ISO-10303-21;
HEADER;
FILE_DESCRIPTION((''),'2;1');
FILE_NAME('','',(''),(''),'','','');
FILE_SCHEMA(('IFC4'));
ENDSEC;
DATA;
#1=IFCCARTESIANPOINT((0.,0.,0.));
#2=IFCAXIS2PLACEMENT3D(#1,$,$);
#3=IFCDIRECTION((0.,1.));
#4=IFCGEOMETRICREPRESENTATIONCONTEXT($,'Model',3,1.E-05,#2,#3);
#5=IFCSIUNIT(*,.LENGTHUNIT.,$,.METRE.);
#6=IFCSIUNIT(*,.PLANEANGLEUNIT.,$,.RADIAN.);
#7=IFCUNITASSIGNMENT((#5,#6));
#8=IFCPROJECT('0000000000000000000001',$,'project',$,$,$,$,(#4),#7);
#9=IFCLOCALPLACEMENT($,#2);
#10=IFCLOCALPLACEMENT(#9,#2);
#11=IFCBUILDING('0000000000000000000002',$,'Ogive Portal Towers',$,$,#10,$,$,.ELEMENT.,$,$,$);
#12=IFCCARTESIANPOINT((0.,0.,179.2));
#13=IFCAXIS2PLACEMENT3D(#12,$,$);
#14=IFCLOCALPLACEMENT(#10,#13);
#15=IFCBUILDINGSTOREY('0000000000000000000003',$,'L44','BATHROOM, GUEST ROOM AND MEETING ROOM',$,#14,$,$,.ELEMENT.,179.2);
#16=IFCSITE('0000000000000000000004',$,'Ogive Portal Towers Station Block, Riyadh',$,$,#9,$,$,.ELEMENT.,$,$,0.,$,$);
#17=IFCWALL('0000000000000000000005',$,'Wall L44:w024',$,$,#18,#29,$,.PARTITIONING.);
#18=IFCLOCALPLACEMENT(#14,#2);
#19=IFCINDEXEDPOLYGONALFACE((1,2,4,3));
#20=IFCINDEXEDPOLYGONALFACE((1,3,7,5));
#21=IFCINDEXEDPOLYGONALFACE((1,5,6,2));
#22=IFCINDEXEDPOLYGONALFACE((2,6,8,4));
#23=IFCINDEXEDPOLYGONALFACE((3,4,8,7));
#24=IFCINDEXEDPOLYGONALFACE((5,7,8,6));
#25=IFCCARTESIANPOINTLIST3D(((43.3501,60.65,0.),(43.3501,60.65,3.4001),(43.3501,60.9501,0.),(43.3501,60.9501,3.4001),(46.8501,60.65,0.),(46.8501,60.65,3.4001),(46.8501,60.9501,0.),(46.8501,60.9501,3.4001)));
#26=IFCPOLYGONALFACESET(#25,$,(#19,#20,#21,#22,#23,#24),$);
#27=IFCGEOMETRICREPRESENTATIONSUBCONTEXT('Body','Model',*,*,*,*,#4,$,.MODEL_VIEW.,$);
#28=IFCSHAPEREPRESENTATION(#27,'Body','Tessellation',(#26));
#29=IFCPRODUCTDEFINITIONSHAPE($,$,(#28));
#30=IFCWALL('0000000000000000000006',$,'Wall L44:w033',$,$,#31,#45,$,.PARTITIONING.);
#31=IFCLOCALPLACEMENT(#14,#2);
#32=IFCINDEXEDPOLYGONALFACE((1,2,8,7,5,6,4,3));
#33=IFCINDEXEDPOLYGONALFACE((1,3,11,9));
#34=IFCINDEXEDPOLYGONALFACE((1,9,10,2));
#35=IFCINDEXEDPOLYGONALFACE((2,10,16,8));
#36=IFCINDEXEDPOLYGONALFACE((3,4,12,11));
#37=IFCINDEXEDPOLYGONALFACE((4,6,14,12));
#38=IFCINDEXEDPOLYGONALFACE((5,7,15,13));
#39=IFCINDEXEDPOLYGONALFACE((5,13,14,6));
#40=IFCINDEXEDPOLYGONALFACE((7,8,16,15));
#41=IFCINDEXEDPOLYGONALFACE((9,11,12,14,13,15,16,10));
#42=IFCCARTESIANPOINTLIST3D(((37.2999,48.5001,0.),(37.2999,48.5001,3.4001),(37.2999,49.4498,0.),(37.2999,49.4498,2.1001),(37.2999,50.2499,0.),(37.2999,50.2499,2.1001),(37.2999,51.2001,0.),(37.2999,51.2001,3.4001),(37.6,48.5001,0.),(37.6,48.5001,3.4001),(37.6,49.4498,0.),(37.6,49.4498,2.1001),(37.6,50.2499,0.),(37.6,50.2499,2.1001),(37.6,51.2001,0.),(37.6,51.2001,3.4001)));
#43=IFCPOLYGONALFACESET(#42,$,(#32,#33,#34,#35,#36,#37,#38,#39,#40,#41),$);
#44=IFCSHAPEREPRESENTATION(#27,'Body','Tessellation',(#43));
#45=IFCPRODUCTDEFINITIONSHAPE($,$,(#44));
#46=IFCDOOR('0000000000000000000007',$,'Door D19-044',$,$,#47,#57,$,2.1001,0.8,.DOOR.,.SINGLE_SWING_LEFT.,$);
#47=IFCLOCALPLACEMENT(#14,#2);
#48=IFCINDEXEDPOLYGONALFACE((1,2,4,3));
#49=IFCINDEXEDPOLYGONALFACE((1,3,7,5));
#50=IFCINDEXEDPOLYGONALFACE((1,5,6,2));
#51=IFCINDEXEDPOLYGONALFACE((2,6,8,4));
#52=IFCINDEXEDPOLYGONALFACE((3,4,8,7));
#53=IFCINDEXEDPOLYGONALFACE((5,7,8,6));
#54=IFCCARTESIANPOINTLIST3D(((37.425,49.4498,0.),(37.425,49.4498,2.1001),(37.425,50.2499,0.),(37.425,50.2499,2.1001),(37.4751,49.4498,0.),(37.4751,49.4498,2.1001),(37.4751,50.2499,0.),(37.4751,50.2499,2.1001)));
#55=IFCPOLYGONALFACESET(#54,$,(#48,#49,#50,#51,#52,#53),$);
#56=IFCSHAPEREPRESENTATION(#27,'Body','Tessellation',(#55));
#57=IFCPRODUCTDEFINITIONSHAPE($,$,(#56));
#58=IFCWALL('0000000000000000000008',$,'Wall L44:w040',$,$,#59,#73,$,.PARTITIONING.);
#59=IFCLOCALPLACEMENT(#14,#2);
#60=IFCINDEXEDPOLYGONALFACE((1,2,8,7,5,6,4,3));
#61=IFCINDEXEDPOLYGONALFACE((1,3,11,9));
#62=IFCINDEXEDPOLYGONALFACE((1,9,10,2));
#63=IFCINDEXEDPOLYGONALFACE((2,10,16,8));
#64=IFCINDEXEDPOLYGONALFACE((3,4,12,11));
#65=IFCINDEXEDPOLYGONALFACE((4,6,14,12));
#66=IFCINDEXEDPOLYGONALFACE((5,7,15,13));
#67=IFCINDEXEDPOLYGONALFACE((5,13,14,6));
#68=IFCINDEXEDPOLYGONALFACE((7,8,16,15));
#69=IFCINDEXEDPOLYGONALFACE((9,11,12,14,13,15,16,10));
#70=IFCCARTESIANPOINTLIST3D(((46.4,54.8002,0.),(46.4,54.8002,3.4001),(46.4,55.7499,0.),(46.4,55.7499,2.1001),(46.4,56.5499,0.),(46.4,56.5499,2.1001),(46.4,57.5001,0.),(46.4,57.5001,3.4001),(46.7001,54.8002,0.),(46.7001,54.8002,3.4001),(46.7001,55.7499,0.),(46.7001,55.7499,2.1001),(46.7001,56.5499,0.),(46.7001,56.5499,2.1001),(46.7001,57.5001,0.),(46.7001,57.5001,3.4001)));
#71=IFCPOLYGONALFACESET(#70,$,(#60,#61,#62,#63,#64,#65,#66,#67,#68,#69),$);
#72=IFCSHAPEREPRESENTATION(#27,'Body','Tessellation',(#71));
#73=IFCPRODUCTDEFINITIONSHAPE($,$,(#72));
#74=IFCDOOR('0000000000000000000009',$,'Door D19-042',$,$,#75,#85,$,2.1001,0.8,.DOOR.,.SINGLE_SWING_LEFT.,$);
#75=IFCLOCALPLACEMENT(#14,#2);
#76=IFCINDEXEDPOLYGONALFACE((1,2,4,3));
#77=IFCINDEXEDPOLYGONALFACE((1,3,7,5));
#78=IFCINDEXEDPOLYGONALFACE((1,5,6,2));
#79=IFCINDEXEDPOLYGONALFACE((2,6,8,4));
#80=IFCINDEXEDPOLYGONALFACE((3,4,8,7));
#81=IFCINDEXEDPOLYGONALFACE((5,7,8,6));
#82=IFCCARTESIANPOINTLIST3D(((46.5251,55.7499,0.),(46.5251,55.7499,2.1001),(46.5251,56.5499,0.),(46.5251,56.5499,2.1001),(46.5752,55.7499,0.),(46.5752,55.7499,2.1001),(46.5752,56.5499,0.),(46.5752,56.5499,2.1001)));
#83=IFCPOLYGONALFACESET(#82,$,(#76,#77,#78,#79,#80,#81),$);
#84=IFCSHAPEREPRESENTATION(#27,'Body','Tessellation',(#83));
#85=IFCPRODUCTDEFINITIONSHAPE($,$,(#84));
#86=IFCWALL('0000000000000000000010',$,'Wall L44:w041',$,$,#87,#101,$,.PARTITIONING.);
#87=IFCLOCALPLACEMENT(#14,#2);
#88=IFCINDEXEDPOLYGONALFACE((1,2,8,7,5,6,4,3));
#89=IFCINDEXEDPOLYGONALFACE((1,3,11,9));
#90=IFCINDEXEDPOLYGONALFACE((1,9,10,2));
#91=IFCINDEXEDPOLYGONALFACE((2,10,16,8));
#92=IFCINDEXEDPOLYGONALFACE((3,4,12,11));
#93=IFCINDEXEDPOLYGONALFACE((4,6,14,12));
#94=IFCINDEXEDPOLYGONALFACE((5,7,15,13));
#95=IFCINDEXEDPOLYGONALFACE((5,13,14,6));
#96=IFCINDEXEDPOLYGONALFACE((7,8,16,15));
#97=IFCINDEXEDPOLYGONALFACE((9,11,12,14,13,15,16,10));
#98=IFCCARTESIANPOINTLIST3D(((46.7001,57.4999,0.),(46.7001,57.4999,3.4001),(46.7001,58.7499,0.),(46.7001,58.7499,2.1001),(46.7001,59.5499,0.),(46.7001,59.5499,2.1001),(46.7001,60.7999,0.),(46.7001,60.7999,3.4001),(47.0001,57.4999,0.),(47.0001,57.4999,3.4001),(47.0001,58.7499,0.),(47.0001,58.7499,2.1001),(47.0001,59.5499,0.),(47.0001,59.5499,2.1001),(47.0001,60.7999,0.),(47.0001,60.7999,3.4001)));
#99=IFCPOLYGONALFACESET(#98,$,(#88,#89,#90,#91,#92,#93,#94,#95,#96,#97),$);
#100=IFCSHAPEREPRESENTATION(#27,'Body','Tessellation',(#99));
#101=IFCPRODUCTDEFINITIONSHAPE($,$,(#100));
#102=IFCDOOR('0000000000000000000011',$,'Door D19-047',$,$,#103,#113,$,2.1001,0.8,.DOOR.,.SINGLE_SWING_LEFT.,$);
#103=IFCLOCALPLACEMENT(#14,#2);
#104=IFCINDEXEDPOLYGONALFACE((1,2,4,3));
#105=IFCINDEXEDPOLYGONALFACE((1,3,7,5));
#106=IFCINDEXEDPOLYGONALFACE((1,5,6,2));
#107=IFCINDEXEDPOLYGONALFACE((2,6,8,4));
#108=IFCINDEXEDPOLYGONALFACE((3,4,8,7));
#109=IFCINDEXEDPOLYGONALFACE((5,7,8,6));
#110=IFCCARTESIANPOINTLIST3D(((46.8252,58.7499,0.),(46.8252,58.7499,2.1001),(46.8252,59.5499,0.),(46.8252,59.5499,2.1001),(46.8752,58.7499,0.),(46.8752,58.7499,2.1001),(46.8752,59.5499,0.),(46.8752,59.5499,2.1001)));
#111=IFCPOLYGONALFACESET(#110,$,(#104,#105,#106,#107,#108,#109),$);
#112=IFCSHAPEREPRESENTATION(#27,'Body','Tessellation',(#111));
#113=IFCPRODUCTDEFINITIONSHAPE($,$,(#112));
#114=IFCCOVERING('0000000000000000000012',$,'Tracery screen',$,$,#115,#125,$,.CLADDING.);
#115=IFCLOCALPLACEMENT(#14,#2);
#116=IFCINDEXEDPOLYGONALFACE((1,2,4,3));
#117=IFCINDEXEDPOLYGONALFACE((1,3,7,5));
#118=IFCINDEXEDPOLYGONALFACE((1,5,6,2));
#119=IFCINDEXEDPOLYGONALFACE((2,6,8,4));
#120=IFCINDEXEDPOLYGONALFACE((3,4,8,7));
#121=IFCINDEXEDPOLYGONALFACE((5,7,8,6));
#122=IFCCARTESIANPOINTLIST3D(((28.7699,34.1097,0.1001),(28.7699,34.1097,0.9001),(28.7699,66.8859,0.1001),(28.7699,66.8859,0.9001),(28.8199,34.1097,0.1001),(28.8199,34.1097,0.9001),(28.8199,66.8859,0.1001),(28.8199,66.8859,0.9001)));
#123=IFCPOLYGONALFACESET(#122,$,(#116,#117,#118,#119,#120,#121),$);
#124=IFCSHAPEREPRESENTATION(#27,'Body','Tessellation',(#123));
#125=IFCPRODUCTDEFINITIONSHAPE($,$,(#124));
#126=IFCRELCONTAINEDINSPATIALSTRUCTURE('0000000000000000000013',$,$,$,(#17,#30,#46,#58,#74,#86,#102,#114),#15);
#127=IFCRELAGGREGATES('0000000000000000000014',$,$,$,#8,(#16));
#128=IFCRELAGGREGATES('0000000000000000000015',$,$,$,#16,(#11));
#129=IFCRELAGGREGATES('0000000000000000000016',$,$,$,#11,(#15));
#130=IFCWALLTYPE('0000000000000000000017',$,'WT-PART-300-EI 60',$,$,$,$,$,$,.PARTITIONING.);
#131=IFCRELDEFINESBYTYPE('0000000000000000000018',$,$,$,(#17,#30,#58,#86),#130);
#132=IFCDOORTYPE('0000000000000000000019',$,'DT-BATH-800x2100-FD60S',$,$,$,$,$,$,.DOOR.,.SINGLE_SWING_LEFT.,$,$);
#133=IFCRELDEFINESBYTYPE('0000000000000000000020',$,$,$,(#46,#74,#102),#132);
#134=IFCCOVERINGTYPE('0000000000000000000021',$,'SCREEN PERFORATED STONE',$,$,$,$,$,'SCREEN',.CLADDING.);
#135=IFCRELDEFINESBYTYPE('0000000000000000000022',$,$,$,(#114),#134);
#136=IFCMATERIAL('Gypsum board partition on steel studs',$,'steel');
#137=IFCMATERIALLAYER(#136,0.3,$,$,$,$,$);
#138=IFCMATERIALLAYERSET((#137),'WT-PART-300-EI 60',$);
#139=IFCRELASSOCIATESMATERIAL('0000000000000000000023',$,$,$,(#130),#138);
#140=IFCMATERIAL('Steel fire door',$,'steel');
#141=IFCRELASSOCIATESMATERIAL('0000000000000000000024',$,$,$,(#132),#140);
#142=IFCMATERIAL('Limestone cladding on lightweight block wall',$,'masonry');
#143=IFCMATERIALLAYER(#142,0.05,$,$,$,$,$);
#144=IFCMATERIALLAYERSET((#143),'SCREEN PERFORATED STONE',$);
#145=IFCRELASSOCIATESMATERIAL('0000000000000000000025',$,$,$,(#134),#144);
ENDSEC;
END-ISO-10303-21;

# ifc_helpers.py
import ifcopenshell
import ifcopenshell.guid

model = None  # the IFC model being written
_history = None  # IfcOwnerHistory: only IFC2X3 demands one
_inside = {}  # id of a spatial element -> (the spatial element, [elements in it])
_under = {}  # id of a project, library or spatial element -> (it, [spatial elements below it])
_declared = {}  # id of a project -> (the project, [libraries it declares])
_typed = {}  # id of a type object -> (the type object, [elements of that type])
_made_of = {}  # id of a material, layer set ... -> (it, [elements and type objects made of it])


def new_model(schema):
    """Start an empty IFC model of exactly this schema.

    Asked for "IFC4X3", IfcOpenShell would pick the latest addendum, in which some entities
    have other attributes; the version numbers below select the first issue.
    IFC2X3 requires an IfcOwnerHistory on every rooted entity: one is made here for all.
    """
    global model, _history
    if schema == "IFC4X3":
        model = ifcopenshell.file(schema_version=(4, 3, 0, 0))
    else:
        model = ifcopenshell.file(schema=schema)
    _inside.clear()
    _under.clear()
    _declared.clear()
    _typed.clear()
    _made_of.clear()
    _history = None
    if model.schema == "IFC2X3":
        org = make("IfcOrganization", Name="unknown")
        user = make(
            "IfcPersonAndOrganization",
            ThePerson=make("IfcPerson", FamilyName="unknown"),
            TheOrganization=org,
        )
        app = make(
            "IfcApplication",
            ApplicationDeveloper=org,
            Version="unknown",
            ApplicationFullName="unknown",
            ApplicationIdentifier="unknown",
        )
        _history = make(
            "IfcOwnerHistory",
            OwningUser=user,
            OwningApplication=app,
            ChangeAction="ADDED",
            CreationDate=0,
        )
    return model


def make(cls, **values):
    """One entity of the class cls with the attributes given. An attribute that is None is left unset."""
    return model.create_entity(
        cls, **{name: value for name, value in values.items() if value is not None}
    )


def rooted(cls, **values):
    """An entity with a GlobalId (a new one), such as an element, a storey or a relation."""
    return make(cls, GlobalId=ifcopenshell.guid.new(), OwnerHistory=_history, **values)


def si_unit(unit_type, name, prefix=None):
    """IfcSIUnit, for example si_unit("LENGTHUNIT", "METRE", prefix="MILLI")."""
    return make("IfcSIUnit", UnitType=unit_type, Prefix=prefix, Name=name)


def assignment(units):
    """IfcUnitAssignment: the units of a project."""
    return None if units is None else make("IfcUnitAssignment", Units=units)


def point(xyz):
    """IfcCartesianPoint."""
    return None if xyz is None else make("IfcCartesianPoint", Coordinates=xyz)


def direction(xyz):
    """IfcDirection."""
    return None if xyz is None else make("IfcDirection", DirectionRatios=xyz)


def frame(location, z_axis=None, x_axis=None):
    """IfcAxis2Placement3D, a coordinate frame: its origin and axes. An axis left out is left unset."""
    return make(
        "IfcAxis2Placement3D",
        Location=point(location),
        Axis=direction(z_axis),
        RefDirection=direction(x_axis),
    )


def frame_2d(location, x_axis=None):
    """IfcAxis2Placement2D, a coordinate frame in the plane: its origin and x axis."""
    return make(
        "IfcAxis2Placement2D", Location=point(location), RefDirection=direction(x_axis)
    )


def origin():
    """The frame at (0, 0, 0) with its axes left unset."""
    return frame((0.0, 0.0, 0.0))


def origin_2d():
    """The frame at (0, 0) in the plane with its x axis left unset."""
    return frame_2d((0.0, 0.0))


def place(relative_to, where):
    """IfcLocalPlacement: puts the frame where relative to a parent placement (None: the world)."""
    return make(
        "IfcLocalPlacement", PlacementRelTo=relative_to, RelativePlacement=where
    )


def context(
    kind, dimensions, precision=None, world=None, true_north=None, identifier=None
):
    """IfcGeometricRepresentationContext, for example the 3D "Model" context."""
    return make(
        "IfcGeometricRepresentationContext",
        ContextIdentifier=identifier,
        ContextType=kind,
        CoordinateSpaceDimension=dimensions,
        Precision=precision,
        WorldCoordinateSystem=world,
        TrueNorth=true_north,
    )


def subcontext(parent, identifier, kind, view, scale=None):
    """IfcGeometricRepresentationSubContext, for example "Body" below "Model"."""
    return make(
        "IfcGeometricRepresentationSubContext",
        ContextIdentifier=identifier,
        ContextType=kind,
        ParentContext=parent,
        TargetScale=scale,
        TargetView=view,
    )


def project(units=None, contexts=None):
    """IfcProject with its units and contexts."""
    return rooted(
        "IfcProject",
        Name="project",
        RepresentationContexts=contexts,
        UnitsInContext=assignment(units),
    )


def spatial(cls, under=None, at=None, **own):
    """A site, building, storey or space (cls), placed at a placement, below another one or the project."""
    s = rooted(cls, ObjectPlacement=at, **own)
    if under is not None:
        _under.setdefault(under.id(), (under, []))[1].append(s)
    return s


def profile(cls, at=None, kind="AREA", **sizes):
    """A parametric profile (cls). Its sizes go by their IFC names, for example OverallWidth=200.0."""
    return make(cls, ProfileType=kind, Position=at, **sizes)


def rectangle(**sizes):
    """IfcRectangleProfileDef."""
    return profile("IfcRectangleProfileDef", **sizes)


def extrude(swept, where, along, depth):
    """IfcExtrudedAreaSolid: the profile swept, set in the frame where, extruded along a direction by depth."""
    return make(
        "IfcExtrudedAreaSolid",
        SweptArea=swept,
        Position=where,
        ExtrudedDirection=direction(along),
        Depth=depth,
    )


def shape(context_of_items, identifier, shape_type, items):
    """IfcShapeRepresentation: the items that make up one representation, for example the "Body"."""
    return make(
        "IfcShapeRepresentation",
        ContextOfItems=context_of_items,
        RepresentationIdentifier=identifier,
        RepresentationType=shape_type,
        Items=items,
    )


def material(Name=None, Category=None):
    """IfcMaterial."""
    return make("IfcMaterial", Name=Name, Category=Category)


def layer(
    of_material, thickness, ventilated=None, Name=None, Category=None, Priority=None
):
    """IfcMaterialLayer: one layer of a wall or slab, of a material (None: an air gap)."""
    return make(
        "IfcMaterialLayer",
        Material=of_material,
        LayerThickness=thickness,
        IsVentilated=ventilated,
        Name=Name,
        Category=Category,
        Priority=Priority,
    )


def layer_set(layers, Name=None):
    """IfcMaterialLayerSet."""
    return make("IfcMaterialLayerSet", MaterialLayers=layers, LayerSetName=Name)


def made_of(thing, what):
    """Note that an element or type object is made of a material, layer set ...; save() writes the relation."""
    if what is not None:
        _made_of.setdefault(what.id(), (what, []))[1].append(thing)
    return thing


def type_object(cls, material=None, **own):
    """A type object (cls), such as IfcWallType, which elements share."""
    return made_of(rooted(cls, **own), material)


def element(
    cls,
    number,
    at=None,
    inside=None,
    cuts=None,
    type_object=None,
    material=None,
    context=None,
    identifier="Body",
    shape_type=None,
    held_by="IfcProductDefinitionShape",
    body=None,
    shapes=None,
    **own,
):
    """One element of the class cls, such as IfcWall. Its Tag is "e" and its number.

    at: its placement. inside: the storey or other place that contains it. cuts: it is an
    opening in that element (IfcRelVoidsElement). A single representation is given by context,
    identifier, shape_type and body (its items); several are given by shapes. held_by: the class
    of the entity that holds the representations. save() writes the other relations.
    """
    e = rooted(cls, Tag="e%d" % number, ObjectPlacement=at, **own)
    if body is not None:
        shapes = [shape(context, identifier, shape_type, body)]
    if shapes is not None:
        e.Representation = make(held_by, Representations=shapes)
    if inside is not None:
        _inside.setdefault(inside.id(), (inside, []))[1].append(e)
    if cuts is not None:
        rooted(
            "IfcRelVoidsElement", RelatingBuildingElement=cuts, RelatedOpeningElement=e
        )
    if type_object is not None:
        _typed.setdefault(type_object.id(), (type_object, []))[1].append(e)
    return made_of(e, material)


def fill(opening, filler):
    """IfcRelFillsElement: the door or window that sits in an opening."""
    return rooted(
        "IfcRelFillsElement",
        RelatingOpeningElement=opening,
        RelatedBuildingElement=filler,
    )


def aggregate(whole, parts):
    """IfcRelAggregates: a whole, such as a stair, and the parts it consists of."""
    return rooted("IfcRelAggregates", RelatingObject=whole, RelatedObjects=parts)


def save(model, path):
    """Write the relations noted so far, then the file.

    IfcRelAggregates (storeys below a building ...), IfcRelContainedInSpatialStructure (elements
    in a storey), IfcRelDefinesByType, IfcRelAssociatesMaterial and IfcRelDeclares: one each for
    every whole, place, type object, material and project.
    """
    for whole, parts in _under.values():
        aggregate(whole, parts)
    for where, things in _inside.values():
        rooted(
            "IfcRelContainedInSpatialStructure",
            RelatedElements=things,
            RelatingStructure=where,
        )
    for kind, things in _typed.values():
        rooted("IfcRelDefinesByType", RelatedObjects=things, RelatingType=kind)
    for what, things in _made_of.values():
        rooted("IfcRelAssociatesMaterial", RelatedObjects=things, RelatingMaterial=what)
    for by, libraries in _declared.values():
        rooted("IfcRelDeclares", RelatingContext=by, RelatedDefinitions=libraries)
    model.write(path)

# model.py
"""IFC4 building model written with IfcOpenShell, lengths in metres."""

from ifc_helpers import new_model, si_unit, direction, frame, frame_2d, origin, origin_2d, place, context, subcontext, project, spatial, rectangle, extrude, material, layer, layer_set, type_object, element, fill, save


model = new_model("IFC4")

# Units and contexts
model_context = context("Model", 3, precision=1e-05, world=origin(), true_north=direction((0.0, 1.0)))
body_context = subcontext(model_context, "Body", "Model", "MODEL_VIEW")
ifc_project = project(units=[si_unit("LENGTHUNIT", "METRE"), si_unit("PLANEANGLEUNIT", "RADIAN")], contexts=[model_context])

# Site, building, storey
site_placement = place(None, origin())
site = spatial("IfcSite", under=ifc_project, at=site_placement, Name="Ogive Portal Towers Station Block, Riyadh", CompositionType="ELEMENT", RefElevation=0.0)
building_placement = place(site_placement, origin())
building = spatial("IfcBuilding", under=site, at=building_placement, Name="Ogive Portal Towers", CompositionType="ELEMENT")
storey_placement = place(building_placement, frame((0.0, 0.0, 179.2)))
storey = spatial("IfcBuildingStorey", under=building, at=storey_placement, Name="L44", Description="BATHROOM, GUEST ROOM AND MEETING ROOM", CompositionType="ELEMENT", Elevation=179.2)

# Wall
ifc_material_1 = material(Name="Gypsum board partition on steel studs", Category="steel")
ifc_layer_1 = layer(ifc_material_1, 0.3)
ifc_layer_set_1 = layer_set([ifc_layer_1], Name="WT-PART-300-EI 60")
wall_type = type_object("IfcWallType", Name="WT-PART-300-EI 60", PredefinedType="PARTITIONING", material=ifc_layer_set_1)
wall_1_placement = place(storey_placement, frame((43.3501, 60.8, 0.0), z_axis=(0.0, 0.0, 1.0), x_axis=(1.0, 0.0, 0.0)))
element("IfcWall", 1, at=wall_1_placement, inside=storey, type_object=wall_type, Name="Wall L44:w024", PredefinedType="PARTITIONING", context=body_context, shape_type="SweptSolid", body=[
    extrude(rectangle(XDim=3.5, YDim=0.3, at=frame_2d((1.75, 0.0))), origin(), (0.0, 0.0, 1.0), 3.4001),
])

# Walls, openings, doors
wall_2_placement = place(storey_placement, frame((37.45, 48.5, 0.0), z_axis=(0.0, 0.0, 1.0), x_axis=(0.0, 1.0, 0.0)))
wall_2 = element("IfcWall", 2, at=wall_2_placement, inside=storey, type_object=wall_type, Name="Wall L44:w033", PredefinedType="PARTITIONING", context=body_context, shape_type="SweptSolid", body=[
    extrude(rectangle(XDim=2.7, YDim=0.3, at=frame_2d((1.3501, 0.0))), origin(), (0.0, 0.0, 1.0), 3.4001),
])
opening_1_placement = place(wall_2_placement, frame((0.95, 0.0, 0.0)))
opening_1 = element("IfcOpeningElement", 3, at=opening_1_placement, cuts=wall_2, PredefinedType="OPENING", context=body_context, shape_type="SweptSolid", body=[
    extrude(rectangle(XDim=0.8, YDim=2.1001, at=frame_2d((0.3999, 1.05))), frame((0.0, 0.1602, 0.0), z_axis=(0.0, -1.0, 0.0), x_axis=(1.0, 0.0, 0.0)), (0.0, 0.0, 1.0), 0.3201),
])
ifc_material_2 = material(Name="Steel fire door", Category="steel")
door_type = type_object("IfcDoorType", Name="DT-BATH-800x2100-FD60S", OperationType="SINGLE_SWING_LEFT", PredefinedType="DOOR", material=ifc_material_2)
door_1_placement = place(opening_1_placement, origin())
door_1 = element("IfcDoor", 4, at=door_1_placement, inside=storey, type_object=door_type, Name="Door D19-044", OperationType="SINGLE_SWING_LEFT", OverallHeight=2.1001, OverallWidth=0.8, PredefinedType="DOOR", context=body_context, shape_type="SweptSolid", body=[
    extrude(rectangle(XDim=0.8, YDim=2.1001, at=frame_2d((0.3999, 1.05))), frame((0.0, 0.0249, 0.0), z_axis=(0.0, -1.0, 0.0), x_axis=(1.0, 0.0, 0.0)), (0.0, 0.0, 1.0), 0.05),
])
fill(opening_1, door_1)
wall_3_placement = place(storey_placement, frame((46.55, 54.8, 0.0), z_axis=(0.0, 0.0, 1.0), x_axis=(0.0, 1.0, 0.0)))
wall_3 = element("IfcWall", 5, at=wall_3_placement, inside=storey, type_object=wall_type, Name="Wall L44:w040", PredefinedType="PARTITIONING", context=body_context, shape_type="SweptSolid", body=[
    extrude(rectangle(XDim=2.7, YDim=0.3, at=frame_2d((1.3501, 0.0))), origin(), (0.0, 0.0, 1.0), 3.4001),
])
opening_2_placement = place(wall_3_placement, frame((0.95, 0.0, 0.0)))
opening_2 = element("IfcOpeningElement", 6, at=opening_2_placement, cuts=wall_3, PredefinedType="OPENING", context=body_context, shape_type="SweptSolid", body=[
    extrude(rectangle(XDim=0.8, YDim=2.1001, at=frame_2d((0.3999, 1.05))), frame((0.0, 0.1602, 0.0), z_axis=(0.0, -1.0, 0.0), x_axis=(1.0, 0.0, 0.0)), (0.0, 0.0, 1.0), 0.3201),
])
door_2_placement = place(opening_2_placement, origin())
door_2 = element("IfcDoor", 7, at=door_2_placement, inside=storey, type_object=door_type, Name="Door D19-042", OperationType="SINGLE_SWING_LEFT", OverallHeight=2.1001, OverallWidth=0.8, PredefinedType="DOOR", context=body_context, shape_type="SweptSolid", body=[
    extrude(rectangle(XDim=0.8, YDim=2.1001, at=frame_2d((0.3999, 1.05))), frame((0.0, 0.0249, 0.0), z_axis=(0.0, -1.0, 0.0), x_axis=(1.0, 0.0, 0.0)), (0.0, 0.0, 1.0), 0.05),
])
fill(opening_2, door_2)
wall_4_placement = place(storey_placement, frame((46.8501, 57.5, 0.0), z_axis=(0.0, 0.0, 1.0), x_axis=(0.0, 1.0, 0.0)))
wall_4 = element("IfcWall", 8, at=wall_4_placement, inside=storey, type_object=wall_type, Name="Wall L44:w041", PredefinedType="PARTITIONING", context=body_context, shape_type="SweptSolid", body=[
    extrude(rectangle(XDim=3.3, YDim=0.3, at=frame_2d((1.6499, 0.0))), origin(), (0.0, 0.0, 1.0), 3.4001),
])
opening_3_placement = place(wall_4_placement, frame((1.25, 0.0, 0.0)))
opening_3 = element("IfcOpeningElement", 9, at=opening_3_placement, cuts=wall_4, PredefinedType="OPENING", context=body_context, shape_type="SweptSolid", body=[
    extrude(rectangle(XDim=0.8, YDim=2.1001, at=frame_2d((0.3999, 1.05))), frame((0.0, 0.1602, 0.0), z_axis=(0.0, -1.0, 0.0), x_axis=(1.0, 0.0, 0.0)), (0.0, 0.0, 1.0), 0.3201),
])
door_3_placement = place(opening_3_placement, origin())
door_3 = element("IfcDoor", 10, at=door_3_placement, inside=storey, type_object=door_type, Name="Door D19-047", OperationType="SINGLE_SWING_LEFT", OverallHeight=2.1001, OverallWidth=0.8, PredefinedType="DOOR", context=body_context, shape_type="SweptSolid", body=[
    extrude(rectangle(XDim=0.8, YDim=2.1001, at=frame_2d((0.3999, 1.05))), frame((0.0, 0.0249, 0.0), z_axis=(0.0, -1.0, 0.0), x_axis=(1.0, 0.0, 0.0)), (0.0, 0.0, 1.0), 0.05),
])
fill(opening_3, door_3)

# Covering
ifc_material_3 = material(Name="Limestone cladding on lightweight block wall", Category="masonry")
ifc_layer_2 = layer(ifc_material_3, 0.05)
ifc_layer_set_2 = layer_set([ifc_layer_2], Name="SCREEN PERFORATED STONE")
covering_type = type_object("IfcCoveringType", Name="SCREEN PERFORATED STONE", ElementType="SCREEN", PredefinedType="CLADDING", material=ifc_layer_set_2)
covering_placement = place(storey_placement, frame((28.7949, 50.4978, 0.1001), z_axis=(0.0, 0.0, 1.0), x_axis=(0.0, -1.0, 0.0)))
element("IfcCovering", 11, at=covering_placement, inside=storey, type_object=covering_type, Name="Tracery screen", PredefinedType="CLADDING", context=body_context, shape_type="SweptSolid", body=[
    extrude(rectangle(XDim=32.7761, YDim=0.05, at=origin_2d()), origin(), (0.0, 0.0, 1.0), 0.8),
])

save(model, "model.ifc")
